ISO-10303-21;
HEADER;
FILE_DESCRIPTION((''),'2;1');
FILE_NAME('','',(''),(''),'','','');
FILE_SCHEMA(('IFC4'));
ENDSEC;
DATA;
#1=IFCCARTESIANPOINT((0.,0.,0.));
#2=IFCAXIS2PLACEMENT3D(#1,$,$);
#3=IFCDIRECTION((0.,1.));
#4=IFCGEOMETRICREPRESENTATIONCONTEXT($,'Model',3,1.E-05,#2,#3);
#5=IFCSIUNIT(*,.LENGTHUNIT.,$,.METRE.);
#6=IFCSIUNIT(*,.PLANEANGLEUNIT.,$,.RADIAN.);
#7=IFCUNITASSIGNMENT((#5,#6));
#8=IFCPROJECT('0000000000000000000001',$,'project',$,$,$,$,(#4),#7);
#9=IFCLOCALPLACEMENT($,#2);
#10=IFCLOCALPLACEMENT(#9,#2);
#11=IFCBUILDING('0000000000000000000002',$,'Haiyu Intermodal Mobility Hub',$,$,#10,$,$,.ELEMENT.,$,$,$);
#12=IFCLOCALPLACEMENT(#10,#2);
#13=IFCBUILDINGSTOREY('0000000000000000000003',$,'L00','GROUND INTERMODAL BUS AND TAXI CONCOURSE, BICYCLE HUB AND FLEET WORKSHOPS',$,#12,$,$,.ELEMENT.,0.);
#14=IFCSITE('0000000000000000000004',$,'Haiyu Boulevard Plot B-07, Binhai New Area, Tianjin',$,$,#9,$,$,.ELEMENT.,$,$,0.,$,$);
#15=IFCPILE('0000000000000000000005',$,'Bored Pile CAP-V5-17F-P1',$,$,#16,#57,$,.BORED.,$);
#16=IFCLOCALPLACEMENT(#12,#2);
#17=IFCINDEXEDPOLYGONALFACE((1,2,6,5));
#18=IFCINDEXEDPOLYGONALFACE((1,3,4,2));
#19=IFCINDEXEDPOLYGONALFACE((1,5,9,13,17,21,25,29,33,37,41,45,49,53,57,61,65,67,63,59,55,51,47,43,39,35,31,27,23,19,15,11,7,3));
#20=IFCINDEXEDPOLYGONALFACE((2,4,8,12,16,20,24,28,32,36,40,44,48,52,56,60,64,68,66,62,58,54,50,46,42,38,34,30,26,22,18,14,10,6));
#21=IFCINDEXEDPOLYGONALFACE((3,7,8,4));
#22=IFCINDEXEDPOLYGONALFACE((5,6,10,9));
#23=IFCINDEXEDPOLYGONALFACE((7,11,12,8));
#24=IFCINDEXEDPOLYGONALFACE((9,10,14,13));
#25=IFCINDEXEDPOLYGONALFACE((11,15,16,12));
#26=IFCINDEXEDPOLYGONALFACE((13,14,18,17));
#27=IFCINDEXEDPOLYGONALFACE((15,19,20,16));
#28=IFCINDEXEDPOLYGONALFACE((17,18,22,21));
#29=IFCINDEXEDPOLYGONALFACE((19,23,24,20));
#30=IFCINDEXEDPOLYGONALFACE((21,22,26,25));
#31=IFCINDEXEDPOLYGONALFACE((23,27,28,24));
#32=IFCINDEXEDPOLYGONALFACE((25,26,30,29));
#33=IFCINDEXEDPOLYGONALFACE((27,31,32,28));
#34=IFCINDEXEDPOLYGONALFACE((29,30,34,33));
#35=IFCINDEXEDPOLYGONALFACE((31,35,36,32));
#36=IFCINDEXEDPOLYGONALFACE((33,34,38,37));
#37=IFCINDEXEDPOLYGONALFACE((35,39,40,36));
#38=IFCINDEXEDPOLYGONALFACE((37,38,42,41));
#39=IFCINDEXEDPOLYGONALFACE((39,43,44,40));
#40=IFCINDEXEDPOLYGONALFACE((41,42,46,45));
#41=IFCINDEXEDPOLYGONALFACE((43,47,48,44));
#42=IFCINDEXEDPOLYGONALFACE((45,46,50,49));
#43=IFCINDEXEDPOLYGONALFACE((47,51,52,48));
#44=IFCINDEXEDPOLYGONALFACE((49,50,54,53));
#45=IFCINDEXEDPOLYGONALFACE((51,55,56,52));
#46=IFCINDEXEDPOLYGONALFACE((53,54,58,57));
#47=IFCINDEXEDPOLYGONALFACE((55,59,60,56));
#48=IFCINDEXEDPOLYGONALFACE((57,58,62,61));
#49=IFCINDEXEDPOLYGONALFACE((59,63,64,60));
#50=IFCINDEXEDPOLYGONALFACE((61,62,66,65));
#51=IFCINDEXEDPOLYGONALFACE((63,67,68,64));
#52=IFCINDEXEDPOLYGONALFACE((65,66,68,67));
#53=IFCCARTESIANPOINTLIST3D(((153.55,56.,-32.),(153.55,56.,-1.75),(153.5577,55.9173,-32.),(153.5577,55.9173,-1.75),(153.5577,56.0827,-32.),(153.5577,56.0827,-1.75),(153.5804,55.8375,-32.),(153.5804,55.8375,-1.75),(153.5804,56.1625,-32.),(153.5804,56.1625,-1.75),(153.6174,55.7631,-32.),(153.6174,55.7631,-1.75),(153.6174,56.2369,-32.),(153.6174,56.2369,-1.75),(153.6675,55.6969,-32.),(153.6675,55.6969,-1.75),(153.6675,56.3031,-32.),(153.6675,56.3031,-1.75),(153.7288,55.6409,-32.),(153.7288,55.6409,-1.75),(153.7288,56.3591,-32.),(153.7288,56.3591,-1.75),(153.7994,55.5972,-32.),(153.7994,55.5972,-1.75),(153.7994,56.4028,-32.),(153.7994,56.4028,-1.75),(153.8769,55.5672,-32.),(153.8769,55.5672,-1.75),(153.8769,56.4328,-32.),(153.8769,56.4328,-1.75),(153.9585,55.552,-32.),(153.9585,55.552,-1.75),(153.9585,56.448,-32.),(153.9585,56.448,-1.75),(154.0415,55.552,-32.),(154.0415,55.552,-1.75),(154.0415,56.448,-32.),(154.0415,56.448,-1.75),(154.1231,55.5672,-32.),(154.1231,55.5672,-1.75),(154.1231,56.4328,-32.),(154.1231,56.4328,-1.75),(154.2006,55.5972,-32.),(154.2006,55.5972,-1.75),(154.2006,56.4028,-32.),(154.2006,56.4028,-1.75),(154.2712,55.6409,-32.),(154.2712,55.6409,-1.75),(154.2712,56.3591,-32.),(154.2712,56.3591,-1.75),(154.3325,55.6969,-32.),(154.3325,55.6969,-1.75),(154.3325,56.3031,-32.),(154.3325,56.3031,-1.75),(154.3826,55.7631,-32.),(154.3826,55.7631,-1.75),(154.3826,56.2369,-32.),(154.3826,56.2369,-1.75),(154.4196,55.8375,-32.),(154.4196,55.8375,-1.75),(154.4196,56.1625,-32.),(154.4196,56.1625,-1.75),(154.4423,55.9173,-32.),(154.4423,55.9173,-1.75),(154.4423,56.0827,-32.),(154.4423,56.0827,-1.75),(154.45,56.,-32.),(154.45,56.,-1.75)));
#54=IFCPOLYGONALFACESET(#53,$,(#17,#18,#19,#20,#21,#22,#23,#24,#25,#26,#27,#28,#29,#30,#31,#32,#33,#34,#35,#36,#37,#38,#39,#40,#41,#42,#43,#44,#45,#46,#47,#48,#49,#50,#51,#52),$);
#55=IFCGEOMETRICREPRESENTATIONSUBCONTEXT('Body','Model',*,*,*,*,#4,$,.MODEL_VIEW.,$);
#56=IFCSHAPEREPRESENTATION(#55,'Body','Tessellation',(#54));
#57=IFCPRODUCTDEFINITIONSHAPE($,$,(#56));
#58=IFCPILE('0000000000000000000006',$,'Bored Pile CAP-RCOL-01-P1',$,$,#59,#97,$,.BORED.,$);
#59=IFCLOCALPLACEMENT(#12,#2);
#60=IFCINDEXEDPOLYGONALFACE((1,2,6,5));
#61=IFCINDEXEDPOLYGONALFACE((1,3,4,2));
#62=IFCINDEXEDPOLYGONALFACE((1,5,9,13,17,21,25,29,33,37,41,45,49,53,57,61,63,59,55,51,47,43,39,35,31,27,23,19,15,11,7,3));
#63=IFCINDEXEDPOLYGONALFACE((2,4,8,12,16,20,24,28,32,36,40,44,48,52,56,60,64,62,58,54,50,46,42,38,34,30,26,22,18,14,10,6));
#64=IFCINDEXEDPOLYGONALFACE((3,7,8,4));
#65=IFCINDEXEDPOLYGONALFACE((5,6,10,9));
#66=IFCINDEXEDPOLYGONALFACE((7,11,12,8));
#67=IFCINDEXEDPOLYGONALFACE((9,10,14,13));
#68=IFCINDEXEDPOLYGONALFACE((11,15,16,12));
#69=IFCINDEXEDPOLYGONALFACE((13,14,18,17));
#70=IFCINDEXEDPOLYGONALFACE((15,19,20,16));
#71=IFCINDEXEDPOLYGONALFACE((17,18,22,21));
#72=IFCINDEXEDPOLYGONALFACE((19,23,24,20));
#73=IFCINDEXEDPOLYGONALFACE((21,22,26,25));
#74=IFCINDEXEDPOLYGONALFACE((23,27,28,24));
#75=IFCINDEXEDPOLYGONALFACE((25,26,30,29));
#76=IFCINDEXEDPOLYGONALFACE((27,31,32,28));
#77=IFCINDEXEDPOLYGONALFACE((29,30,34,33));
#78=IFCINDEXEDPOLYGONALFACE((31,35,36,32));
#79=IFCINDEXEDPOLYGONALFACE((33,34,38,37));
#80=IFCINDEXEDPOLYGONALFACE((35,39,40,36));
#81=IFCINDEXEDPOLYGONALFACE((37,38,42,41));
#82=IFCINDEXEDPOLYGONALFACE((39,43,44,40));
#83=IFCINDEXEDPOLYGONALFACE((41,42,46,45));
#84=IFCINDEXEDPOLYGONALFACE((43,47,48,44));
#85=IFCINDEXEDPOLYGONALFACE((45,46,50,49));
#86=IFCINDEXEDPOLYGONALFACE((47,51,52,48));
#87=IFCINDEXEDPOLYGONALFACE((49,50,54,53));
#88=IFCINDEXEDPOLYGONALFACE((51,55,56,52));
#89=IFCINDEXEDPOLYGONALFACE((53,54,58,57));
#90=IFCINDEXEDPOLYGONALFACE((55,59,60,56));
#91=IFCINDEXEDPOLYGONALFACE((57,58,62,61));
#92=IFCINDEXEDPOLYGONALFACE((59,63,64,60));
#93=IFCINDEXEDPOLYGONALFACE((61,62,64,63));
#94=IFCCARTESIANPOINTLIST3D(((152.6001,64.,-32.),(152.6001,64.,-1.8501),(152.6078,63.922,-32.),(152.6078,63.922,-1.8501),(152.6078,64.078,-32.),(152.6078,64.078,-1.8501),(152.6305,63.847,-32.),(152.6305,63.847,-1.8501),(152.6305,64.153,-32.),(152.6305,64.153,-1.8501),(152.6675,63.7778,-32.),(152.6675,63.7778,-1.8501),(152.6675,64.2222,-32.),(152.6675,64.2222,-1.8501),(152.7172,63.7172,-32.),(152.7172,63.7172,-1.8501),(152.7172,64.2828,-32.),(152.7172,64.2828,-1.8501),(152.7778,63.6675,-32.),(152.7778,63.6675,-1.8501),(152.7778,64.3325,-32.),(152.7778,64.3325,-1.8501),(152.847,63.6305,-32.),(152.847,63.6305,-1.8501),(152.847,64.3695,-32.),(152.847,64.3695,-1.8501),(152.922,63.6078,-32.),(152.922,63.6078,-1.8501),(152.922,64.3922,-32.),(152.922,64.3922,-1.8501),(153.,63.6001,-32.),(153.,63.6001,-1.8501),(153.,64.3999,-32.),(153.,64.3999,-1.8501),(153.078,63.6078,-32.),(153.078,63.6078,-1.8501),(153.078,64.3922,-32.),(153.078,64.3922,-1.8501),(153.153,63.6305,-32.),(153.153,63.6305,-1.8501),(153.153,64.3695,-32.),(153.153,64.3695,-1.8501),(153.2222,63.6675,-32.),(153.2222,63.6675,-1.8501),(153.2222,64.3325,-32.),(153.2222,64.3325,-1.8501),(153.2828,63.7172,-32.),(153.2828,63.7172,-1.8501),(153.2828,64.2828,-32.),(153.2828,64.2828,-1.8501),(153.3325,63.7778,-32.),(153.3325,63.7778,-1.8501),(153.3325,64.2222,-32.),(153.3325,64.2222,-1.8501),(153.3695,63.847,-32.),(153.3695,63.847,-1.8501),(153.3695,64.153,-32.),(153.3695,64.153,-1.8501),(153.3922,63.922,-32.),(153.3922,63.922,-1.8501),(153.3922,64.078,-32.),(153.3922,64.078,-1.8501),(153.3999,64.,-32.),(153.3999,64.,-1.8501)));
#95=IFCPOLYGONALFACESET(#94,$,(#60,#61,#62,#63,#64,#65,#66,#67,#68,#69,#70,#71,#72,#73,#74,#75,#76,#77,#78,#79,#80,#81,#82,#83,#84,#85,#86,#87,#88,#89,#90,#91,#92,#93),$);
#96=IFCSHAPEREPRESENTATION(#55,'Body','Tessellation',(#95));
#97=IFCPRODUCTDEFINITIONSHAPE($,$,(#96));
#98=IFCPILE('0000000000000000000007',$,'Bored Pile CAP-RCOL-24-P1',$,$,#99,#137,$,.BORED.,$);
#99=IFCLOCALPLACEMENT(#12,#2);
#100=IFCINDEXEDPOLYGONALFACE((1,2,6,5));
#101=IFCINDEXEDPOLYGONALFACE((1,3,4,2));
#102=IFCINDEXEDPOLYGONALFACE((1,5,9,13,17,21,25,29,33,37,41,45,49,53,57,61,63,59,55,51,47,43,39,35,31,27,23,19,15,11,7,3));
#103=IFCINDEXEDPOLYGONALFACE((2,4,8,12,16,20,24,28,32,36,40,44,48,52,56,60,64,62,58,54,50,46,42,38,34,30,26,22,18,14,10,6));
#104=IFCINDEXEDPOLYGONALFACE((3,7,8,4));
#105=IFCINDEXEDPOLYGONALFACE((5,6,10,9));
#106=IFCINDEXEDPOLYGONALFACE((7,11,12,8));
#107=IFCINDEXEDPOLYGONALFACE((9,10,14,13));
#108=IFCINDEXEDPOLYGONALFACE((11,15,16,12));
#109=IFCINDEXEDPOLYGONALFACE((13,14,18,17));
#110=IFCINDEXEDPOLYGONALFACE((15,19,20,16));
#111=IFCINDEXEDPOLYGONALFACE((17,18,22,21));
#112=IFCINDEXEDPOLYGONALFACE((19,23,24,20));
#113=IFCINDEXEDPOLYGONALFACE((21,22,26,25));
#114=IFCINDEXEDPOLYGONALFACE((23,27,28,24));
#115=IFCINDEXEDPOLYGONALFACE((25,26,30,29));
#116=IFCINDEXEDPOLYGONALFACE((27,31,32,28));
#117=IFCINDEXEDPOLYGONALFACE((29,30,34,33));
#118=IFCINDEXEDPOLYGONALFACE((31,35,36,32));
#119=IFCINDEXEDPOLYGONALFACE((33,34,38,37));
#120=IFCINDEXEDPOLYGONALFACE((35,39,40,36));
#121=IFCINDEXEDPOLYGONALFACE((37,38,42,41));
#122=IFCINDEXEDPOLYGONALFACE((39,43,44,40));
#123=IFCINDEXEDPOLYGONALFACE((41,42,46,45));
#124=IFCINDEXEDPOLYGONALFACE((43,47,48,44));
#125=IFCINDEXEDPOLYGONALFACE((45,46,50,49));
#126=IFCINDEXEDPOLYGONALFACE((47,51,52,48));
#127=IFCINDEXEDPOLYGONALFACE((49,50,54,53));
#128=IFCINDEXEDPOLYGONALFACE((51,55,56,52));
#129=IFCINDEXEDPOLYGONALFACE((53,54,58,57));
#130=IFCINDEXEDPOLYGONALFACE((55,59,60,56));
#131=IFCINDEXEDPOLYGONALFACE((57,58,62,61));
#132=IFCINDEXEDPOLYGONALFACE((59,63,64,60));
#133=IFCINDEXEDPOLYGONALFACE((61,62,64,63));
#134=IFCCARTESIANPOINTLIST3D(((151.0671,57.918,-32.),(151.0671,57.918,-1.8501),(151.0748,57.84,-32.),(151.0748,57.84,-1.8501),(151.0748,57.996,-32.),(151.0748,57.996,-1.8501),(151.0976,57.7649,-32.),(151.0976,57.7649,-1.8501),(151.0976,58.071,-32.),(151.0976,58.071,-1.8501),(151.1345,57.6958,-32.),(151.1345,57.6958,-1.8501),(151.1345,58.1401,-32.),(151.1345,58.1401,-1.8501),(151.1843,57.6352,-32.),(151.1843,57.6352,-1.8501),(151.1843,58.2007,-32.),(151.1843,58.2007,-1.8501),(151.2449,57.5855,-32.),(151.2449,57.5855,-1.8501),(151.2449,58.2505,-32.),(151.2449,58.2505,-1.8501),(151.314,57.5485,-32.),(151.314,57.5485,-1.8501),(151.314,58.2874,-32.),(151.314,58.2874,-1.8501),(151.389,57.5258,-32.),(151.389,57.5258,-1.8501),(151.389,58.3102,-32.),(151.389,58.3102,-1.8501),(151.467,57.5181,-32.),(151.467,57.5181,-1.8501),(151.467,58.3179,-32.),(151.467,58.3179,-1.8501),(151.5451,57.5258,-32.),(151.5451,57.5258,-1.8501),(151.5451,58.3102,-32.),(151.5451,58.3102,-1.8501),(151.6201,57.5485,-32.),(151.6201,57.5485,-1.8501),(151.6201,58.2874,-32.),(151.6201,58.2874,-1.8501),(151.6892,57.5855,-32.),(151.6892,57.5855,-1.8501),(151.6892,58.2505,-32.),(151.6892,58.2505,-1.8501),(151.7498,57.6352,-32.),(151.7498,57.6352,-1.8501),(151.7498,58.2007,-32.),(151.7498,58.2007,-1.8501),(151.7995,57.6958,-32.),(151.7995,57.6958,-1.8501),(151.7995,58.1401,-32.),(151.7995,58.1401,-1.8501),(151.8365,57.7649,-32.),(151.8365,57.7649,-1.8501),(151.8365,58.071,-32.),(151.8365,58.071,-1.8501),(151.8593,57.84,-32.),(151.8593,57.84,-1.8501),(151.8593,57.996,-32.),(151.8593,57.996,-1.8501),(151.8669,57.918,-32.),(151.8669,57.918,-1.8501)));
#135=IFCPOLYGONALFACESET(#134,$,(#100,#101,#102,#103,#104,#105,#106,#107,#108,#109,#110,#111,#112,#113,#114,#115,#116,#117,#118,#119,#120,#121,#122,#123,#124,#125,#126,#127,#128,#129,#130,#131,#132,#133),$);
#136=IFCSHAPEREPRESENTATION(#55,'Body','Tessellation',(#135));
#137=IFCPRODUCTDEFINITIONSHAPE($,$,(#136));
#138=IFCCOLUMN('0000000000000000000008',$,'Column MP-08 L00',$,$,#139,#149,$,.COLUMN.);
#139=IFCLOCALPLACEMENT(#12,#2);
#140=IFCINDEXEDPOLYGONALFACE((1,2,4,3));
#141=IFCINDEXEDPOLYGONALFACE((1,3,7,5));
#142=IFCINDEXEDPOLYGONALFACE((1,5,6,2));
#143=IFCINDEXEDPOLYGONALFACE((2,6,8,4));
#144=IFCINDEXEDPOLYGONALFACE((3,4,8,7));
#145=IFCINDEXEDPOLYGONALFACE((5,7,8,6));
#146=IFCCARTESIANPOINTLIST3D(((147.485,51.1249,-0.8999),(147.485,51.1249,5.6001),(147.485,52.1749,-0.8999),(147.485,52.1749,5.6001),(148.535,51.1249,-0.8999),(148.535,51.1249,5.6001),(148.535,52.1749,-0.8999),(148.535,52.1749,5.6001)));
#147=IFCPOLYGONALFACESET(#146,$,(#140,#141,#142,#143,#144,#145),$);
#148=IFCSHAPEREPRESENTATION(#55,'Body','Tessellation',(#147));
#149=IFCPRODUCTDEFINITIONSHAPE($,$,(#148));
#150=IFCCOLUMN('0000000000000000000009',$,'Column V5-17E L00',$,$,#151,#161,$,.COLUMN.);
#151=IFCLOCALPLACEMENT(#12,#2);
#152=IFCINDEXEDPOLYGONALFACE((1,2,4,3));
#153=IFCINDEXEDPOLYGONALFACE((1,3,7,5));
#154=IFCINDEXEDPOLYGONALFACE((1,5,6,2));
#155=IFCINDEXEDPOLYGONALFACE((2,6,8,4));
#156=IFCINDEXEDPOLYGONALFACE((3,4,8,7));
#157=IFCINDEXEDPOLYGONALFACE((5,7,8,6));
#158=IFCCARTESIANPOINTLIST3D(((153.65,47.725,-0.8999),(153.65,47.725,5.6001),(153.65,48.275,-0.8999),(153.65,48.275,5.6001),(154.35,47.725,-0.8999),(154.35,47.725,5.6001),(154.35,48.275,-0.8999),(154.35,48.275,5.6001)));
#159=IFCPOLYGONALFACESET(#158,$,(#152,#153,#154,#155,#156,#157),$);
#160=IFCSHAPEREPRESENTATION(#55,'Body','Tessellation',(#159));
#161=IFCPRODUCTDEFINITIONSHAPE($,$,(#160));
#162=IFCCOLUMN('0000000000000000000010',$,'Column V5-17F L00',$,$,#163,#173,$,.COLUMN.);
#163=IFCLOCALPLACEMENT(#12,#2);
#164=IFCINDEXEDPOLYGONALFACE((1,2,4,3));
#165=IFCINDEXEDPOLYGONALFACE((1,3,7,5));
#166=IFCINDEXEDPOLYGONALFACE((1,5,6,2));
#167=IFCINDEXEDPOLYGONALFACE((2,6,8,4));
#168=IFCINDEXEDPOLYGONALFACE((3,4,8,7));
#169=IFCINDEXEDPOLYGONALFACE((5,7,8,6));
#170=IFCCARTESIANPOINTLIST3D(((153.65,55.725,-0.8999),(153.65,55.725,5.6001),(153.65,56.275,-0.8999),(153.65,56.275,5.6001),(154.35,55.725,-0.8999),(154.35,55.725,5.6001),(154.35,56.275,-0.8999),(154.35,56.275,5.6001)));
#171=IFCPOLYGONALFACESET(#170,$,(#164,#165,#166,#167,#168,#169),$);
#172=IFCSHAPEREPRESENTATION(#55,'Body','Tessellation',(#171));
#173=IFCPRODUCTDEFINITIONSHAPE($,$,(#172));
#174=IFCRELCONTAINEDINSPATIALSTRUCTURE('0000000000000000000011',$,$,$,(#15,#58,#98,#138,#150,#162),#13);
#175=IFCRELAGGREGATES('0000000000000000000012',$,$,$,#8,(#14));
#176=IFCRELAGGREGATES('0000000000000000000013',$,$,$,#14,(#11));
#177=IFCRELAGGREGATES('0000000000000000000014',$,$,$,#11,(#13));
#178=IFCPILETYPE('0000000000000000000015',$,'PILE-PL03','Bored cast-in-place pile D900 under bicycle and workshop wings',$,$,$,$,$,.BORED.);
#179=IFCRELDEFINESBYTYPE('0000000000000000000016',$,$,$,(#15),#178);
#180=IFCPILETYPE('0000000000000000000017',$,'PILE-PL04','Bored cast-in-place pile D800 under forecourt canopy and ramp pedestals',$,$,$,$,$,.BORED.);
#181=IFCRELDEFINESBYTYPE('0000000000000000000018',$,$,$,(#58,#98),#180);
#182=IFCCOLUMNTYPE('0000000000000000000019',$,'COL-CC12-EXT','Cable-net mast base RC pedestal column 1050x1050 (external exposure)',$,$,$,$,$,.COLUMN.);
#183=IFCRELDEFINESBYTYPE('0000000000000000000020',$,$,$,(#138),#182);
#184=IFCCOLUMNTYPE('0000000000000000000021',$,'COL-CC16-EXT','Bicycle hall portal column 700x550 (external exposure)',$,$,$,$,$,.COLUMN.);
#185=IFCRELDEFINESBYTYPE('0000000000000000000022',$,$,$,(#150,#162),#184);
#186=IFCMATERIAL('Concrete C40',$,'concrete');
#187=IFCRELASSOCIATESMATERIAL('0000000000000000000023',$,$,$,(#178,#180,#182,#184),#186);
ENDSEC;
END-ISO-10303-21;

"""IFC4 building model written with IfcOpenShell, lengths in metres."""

from ifc_helpers import new_model, si_unit, direction, frame, origin, origin_2d, place, context, subcontext, project, spatial, rectangle, circle, extrude, material, material_profile, profile_set, type_object, element, save


model = new_model("IFC4")

# Units and contexts
model_context = context("Model", 3, precision=1e-05, world=origin(), true_north=direction((0.0, 1.0)))
body_context = subcontext(model_context, "Body", "Model", "MODEL_VIEW")
ifc_project = project(units=[si_unit("LENGTHUNIT", "METRE"), si_unit("PLANEANGLEUNIT", "RADIAN")], contexts=[model_context])

# Site, building, storey
site_placement = place(None, origin())
site = spatial("IfcSite", under=ifc_project, at=site_placement, Name="Haiyu Boulevard Plot B-07, Binhai New Area, Tianjin", CompositionType="ELEMENT", RefElevation=0.0)
building_placement = place(site_placement, origin())
building = spatial("IfcBuilding", under=site, at=building_placement, Name="Haiyu Intermodal Mobility Hub", CompositionType="ELEMENT")
storey_placement = place(building_placement, origin())
storey = spatial("IfcBuildingStorey", under=building, at=storey_placement, Name="L00", Description="GROUND INTERMODAL BUS AND TAXI CONCOURSE, BICYCLE HUB AND FLEET WORKSHOPS", CompositionType="ELEMENT", Elevation=0.0)

# Shared definitions
ifc_material_1 = material(Name="Concrete C40", Category="concrete")

# Piles
ifc_material_profile_1 = material_profile(ifc_material_1, circle(Radius=0.45, at=origin_2d()), Name="PILE-D900")
ifc_profile_set_1 = profile_set([ifc_material_profile_1], Name="Concrete C40")
pile_type_1 = type_object("IfcPileType", Name="PILE-PL03", Description="Bored cast-in-place pile D900 under bicycle and workshop wings", PredefinedType="BORED", material=ifc_profile_set_1)
pile_1_placement = place(storey_placement, frame((154.0, 56.0, -1.75), z_axis=(0.0, 0.0, -1.0), x_axis=(1.0, 0.0, 0.0)))
element("IfcPile", 1, at=pile_1_placement, inside=storey, type_object=pile_type_1, Name="Bored Pile CAP-V5-17F-P1", PredefinedType="BORED", context=body_context, shape_type="SweptSolid", body=[
    extrude(circle(Radius=0.45, at=origin_2d()), origin(), (0.0, 0.0, 1.0), 30.25),
])
ifc_material_profile_2 = material_profile(ifc_material_1, circle(Radius=0.3999, at=origin_2d()), Name="PILE-D800")
ifc_profile_set_2 = profile_set([ifc_material_profile_2], Name="Concrete C40")
pile_type_2 = type_object("IfcPileType", Name="PILE-PL04", Description="Bored cast-in-place pile D800 under forecourt canopy and ramp pedestals", PredefinedType="BORED", material=ifc_profile_set_2)
for number, where, z_axis, x_axis, name in (
    (2, (153.0, 64.0, -1.8501), (0.0, 0.0, -1.0), (1.0, 0.0, 0.0), "Bored Pile CAP-RCOL-01-P1"),
    (3, (151.467, 57.918, -1.8501), (0.0, 0.0, -1.0), (1.0, 0.0, 0.0), "Bored Pile CAP-RCOL-24-P1"),
):
    element("IfcPile", number, at=place(storey_placement, frame(where, z_axis=z_axis, x_axis=x_axis)), inside=storey, type_object=pile_type_2, Name=name, PredefinedType="BORED", context=body_context, shape_type="SweptSolid", body=[
        extrude(circle(Radius=0.3999, at=origin_2d()), origin(), (0.0, 0.0, 1.0), 30.1499),
    ])

# Columns
ifc_material_profile_3 = material_profile(ifc_material_1, rectangle(XDim=1.05, YDim=1.05, at=origin_2d()), Name="RC1050x1050")
ifc_profile_set_3 = profile_set([ifc_material_profile_3], Name="Concrete C40")
column_type_1 = type_object("IfcColumnType", Name="COL-CC12-EXT", Description="Cable-net mast base RC pedestal column 1050x1050 (external exposure)", PredefinedType="COLUMN", material=ifc_profile_set_3)
column_1_placement = place(storey_placement, frame((148.01, 51.6499, -0.8999), z_axis=(0.0, 0.0, 1.0), x_axis=(1.0, 0.0, 0.0)))
element("IfcColumn", 4, at=column_1_placement, inside=storey, type_object=column_type_1, Name="Column MP-08 L00", PredefinedType="COLUMN", context=body_context, shape_type="SweptSolid", body=[
    extrude(rectangle(XDim=1.05, YDim=1.05, at=origin_2d()), origin(), (0.0, 0.0, 1.0), 6.5),
])
ifc_material_profile_4 = material_profile(ifc_material_1, rectangle(XDim=0.7, YDim=0.55, at=origin_2d()), Name="C700x550")
ifc_profile_set_4 = profile_set([ifc_material_profile_4], Name="Concrete C40")
column_type_2 = type_object("IfcColumnType", Name="COL-CC16-EXT", Description="Bicycle hall portal column 700x550 (external exposure)", PredefinedType="COLUMN", material=ifc_profile_set_4)
for number, where, z_axis, x_axis, name in (
    (5, (154.0, 48.0, -0.8999), (0.0, 0.0, 1.0), (1.0, 0.0, 0.0), "Column V5-17E L00"),
    (6, (154.0, 56.0, -0.8999), (0.0, 0.0, 1.0), (1.0, 0.0, 0.0), "Column V5-17F L00"),
):
    element("IfcColumn", number, at=place(storey_placement, frame(where, z_axis=z_axis, x_axis=x_axis)), inside=storey, type_object=column_type_2, Name=name, PredefinedType="COLUMN", context=body_context, shape_type="SweptSolid", body=[
        extrude(rectangle(XDim=0.7, YDim=0.55, at=origin_2d()), origin(), (0.0, 0.0, 1.0), 6.5),
    ])

save(model, "model.ifc")
